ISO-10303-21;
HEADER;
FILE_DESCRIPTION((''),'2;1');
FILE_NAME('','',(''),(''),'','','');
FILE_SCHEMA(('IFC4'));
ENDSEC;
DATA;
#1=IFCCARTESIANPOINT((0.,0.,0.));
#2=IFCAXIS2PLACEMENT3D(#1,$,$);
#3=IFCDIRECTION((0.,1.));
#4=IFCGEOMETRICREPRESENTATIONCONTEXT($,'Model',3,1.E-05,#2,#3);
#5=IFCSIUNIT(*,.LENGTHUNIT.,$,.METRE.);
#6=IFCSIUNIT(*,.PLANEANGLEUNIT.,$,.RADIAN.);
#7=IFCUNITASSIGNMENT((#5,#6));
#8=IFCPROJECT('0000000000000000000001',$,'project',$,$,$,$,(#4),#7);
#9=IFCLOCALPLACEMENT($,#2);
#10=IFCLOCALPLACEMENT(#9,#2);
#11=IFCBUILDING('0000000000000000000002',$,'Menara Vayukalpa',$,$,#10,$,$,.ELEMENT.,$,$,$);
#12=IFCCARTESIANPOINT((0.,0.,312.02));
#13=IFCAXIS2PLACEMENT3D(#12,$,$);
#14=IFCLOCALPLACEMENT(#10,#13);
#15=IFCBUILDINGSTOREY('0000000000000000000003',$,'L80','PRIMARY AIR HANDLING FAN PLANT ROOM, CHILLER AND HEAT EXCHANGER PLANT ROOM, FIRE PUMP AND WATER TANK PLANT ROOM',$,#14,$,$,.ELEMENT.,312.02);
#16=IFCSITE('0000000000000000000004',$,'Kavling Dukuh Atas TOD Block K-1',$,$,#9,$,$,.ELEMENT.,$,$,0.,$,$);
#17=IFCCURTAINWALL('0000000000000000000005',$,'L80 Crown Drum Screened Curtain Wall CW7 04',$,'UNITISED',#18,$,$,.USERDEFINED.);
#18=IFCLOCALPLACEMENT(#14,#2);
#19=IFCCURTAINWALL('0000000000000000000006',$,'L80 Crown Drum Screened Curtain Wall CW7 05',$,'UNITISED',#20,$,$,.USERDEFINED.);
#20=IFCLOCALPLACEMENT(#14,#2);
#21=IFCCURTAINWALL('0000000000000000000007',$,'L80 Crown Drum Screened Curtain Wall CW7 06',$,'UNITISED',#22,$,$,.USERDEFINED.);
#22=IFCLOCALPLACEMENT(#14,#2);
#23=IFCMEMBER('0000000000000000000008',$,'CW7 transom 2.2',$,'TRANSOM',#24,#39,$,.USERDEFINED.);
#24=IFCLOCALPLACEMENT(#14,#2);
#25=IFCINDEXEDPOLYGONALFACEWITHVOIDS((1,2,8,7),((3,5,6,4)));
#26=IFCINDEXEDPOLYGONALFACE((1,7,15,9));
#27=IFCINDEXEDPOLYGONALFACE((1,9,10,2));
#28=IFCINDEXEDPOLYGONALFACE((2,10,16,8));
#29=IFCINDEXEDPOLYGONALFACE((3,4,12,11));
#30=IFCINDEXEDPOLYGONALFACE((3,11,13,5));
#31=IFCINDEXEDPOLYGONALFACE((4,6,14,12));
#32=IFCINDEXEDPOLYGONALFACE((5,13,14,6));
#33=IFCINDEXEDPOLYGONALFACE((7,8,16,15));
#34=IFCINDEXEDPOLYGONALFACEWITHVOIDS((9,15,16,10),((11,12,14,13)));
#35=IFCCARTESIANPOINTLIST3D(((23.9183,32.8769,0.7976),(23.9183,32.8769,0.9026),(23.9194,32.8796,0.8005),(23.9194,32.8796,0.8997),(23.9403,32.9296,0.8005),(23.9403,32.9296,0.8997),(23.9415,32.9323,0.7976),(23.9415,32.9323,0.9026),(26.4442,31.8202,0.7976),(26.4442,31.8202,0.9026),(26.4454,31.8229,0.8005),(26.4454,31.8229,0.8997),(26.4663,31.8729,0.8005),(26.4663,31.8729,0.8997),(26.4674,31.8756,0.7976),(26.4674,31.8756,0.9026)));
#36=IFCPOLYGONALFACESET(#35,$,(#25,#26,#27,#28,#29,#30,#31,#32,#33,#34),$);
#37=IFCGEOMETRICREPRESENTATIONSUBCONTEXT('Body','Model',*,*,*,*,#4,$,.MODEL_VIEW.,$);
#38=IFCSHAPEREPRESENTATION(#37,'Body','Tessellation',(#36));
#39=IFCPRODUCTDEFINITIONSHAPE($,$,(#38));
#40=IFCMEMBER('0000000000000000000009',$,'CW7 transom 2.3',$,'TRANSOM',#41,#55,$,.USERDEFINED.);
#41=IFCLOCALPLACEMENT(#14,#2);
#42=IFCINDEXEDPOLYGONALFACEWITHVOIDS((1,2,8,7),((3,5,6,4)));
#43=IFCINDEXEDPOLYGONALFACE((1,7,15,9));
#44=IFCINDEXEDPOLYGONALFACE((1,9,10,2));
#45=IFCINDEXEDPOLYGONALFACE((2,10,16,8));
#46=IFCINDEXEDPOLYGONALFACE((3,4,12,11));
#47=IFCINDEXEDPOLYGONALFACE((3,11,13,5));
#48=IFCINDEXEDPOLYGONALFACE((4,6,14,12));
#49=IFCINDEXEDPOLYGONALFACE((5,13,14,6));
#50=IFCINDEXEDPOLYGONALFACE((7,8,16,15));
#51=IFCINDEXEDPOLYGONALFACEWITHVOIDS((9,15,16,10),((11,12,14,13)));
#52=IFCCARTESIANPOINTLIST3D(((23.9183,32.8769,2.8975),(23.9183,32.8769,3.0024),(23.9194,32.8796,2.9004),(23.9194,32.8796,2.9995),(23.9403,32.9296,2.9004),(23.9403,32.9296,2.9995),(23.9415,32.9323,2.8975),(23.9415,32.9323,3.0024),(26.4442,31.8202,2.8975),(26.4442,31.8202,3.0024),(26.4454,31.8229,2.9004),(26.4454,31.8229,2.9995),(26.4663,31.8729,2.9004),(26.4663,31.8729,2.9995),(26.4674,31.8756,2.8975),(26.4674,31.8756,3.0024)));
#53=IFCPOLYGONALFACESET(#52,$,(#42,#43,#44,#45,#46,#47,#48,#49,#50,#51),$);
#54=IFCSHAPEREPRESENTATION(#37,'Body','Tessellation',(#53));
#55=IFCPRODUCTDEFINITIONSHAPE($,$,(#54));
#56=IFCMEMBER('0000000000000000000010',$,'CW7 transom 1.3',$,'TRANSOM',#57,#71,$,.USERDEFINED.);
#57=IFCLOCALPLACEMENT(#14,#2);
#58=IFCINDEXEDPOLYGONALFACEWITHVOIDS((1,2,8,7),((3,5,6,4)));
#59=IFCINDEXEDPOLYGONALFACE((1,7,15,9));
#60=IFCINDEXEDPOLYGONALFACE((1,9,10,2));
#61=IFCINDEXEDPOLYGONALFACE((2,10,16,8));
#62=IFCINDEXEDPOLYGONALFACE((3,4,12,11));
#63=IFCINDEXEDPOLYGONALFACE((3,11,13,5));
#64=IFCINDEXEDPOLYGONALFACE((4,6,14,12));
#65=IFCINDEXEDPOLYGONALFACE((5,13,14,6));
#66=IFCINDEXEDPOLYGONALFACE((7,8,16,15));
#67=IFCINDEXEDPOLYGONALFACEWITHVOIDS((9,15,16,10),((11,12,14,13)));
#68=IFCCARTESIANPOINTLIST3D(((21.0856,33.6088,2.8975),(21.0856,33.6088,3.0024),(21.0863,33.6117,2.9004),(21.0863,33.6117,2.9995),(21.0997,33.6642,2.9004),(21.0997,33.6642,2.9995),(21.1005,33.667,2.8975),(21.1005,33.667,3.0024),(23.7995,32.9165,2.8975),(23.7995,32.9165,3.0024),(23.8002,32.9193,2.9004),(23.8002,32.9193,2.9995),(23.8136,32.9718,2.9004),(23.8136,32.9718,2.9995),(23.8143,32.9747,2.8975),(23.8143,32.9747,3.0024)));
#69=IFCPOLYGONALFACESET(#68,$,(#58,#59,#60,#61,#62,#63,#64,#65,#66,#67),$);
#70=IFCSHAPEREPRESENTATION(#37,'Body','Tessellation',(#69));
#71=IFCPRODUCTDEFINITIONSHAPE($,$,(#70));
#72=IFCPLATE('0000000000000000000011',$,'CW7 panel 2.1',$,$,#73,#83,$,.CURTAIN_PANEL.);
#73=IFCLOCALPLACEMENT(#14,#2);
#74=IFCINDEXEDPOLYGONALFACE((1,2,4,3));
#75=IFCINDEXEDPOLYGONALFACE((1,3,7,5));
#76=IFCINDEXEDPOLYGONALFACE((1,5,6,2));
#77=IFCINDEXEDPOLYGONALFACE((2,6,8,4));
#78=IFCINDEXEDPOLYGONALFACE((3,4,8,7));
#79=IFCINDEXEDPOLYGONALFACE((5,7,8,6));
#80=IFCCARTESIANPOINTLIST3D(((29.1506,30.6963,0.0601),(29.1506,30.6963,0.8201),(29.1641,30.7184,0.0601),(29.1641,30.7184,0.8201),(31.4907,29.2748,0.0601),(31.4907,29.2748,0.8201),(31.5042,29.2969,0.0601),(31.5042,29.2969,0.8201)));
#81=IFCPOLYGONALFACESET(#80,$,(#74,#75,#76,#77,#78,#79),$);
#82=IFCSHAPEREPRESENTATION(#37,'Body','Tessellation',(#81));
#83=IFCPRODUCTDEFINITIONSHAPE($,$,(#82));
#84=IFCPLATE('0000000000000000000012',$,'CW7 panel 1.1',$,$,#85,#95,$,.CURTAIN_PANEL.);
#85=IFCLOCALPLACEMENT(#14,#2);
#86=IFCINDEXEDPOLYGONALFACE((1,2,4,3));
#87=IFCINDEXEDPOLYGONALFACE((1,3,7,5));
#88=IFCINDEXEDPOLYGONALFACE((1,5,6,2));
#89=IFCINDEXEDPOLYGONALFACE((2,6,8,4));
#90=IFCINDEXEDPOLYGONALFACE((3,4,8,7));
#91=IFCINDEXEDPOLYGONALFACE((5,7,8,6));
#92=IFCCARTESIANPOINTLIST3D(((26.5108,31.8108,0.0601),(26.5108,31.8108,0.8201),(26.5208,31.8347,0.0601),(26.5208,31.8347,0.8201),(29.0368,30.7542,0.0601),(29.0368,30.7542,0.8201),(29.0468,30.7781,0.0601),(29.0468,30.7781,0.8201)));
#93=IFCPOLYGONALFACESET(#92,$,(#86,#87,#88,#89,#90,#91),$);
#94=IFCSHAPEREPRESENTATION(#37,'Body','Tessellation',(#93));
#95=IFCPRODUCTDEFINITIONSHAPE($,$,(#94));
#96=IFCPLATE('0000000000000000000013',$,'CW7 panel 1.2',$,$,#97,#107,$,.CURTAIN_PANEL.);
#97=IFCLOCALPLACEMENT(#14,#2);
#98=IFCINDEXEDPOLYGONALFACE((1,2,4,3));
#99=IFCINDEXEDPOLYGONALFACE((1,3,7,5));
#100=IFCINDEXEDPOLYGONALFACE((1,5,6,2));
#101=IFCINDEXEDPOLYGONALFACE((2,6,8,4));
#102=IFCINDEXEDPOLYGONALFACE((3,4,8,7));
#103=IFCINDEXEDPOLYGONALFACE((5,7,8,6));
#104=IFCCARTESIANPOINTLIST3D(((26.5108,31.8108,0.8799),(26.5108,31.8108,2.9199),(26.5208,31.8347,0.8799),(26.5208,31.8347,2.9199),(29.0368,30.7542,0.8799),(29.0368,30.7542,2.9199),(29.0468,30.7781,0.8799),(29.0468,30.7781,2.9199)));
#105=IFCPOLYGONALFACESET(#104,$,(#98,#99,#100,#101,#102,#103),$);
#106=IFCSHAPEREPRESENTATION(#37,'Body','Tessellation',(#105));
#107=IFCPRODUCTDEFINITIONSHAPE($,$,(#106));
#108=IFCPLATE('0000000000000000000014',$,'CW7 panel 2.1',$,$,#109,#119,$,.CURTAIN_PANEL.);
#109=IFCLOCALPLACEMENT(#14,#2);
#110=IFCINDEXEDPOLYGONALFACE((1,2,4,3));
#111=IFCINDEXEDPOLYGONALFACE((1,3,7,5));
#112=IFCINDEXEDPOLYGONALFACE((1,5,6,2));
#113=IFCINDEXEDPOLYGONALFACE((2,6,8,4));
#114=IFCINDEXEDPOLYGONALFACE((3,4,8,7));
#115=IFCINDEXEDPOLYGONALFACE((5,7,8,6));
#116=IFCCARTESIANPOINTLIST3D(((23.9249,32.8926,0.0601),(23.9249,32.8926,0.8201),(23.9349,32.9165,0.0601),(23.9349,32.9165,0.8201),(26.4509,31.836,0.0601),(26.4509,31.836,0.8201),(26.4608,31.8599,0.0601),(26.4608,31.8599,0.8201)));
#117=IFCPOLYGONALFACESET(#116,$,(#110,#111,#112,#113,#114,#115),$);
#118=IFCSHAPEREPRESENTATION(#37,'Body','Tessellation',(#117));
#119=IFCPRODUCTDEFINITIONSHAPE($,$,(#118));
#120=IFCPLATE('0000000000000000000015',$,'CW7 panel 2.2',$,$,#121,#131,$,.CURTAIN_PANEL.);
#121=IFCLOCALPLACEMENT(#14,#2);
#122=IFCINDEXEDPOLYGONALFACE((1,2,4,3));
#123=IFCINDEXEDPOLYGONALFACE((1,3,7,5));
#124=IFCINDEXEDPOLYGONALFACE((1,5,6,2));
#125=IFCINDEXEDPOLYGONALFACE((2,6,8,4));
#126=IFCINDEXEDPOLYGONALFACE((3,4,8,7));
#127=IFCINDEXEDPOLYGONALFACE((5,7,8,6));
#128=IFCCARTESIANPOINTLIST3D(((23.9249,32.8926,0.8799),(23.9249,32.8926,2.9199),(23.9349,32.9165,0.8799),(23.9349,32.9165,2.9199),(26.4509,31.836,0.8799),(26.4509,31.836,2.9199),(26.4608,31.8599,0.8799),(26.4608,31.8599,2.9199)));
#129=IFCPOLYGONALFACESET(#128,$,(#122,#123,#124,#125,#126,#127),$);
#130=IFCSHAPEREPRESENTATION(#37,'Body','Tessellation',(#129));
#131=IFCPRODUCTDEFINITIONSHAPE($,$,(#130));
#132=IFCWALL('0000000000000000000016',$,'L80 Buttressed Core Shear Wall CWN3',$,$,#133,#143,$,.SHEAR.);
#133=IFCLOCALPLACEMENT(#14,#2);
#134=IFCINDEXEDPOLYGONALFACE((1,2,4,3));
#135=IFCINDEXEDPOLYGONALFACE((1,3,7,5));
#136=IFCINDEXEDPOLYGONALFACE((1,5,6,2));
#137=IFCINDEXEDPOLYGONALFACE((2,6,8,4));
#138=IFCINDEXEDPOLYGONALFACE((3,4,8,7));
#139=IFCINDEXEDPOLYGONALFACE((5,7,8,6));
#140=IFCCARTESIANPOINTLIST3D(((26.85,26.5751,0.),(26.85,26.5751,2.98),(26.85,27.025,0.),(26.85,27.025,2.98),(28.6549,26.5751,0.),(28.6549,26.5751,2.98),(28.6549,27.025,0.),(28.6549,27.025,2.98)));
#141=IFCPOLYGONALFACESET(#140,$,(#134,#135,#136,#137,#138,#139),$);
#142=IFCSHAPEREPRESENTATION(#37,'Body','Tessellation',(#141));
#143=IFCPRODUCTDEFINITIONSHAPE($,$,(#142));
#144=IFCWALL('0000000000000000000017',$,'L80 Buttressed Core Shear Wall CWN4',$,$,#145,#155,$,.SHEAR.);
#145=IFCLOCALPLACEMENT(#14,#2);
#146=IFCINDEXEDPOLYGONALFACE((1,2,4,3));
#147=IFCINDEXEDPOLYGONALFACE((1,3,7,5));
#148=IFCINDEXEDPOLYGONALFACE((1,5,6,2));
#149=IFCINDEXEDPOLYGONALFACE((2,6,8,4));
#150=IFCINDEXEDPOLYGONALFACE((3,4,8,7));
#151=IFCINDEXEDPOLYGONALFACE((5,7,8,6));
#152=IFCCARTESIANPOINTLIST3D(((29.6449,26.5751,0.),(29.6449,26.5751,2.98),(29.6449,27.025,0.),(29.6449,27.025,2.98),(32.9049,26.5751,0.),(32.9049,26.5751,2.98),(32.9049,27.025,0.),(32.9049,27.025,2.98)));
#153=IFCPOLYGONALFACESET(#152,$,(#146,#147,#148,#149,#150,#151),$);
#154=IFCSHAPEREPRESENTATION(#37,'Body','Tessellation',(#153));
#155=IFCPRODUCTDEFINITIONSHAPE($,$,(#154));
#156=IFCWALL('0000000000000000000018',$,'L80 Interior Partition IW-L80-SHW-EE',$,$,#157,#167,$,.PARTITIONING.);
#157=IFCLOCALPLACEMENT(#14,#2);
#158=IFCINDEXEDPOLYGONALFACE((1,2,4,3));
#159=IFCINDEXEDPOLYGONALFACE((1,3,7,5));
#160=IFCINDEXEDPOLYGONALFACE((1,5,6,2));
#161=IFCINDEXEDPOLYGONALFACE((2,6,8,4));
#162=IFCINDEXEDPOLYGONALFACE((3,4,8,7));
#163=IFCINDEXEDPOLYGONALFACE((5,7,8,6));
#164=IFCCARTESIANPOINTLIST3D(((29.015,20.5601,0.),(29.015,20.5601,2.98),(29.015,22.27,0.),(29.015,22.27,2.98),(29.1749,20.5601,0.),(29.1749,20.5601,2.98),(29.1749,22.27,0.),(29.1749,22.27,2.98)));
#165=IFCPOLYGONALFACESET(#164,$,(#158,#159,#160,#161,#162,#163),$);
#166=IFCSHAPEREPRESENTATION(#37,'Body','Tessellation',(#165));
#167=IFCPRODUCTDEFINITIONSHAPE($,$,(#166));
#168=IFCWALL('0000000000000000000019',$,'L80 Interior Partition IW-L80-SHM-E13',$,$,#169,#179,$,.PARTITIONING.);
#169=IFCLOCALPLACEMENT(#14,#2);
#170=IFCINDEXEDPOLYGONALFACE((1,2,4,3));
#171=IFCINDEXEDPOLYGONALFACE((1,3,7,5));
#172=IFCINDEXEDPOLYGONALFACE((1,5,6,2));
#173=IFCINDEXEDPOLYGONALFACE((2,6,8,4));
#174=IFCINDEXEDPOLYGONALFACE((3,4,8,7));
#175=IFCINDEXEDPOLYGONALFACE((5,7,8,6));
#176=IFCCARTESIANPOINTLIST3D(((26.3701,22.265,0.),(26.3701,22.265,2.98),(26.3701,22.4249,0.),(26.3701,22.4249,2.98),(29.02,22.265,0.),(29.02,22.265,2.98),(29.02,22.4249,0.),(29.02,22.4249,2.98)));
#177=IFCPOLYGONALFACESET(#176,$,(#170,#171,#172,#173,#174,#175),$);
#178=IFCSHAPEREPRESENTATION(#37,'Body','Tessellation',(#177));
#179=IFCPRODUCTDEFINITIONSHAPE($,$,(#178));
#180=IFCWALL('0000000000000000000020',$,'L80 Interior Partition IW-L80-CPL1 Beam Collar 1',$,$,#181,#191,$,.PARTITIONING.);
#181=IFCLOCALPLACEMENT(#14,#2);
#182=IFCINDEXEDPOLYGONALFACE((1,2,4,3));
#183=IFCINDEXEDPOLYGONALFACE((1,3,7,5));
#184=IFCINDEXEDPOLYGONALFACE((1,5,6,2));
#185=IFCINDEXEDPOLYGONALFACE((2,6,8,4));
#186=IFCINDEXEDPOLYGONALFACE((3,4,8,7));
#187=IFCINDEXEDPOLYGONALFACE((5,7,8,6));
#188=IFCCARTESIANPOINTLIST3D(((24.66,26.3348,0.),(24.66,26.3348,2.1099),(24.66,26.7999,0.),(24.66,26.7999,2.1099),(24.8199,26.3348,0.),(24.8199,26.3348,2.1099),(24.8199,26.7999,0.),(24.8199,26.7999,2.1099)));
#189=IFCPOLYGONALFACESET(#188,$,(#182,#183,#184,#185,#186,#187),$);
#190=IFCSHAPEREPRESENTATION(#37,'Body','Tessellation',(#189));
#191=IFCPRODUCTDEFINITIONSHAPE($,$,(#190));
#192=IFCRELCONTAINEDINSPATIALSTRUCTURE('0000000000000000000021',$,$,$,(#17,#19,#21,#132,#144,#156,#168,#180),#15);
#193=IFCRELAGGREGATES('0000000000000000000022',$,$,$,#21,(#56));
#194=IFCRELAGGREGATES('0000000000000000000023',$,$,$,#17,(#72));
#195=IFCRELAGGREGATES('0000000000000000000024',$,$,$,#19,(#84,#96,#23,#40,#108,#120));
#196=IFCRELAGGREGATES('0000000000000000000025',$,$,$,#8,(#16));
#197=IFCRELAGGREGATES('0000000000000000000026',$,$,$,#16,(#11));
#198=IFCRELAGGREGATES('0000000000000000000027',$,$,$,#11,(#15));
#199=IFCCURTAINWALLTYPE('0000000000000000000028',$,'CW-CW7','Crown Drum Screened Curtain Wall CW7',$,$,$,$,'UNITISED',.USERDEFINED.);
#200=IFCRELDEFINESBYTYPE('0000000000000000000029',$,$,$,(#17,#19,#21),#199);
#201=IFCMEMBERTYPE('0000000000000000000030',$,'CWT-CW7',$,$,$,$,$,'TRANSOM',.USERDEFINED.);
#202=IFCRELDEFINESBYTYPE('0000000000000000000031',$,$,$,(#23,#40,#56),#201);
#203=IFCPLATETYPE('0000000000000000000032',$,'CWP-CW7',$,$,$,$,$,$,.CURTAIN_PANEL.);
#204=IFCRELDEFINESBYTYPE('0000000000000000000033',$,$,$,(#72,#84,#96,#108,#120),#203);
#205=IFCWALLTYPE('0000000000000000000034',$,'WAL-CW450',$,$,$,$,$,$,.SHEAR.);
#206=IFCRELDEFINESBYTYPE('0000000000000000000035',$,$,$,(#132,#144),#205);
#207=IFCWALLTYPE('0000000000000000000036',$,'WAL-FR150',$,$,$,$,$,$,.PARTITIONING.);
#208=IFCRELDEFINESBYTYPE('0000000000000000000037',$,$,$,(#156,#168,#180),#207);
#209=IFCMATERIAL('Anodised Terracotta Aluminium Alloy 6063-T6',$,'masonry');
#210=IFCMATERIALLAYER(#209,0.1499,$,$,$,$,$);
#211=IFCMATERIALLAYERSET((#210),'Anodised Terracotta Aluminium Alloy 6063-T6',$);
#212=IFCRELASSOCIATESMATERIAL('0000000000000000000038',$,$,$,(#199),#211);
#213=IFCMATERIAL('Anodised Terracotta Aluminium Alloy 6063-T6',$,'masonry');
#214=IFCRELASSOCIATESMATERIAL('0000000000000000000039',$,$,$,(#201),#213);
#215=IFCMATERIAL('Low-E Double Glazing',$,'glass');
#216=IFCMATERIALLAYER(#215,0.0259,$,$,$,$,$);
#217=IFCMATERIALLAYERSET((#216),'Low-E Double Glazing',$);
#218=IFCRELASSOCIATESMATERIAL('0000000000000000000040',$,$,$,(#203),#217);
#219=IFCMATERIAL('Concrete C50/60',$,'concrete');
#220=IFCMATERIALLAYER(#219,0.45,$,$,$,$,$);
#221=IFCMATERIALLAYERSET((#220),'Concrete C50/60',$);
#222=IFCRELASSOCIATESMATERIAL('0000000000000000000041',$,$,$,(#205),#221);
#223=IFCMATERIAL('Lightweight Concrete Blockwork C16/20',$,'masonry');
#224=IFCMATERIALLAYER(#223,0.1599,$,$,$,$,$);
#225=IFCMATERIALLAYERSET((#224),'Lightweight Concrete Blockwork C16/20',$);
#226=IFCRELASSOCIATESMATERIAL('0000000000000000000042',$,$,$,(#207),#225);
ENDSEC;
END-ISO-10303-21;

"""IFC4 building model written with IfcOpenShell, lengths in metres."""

from ifc_helpers import new_model, si_unit, direction, frame, frame_2d, origin, origin_2d, place, context, subcontext, project, spatial, rectangle, hollow_rectangle, extrude, material, layer, layer_set, material_profile, profile_set, type_object, element, aggregate, save


model = new_model("IFC4")

# Units and contexts
model_context = context("Model", 3, precision=1e-05, world=origin(), true_north=direction((0.0, 1.0)))
body_context = subcontext(model_context, "Body", "Model", "MODEL_VIEW")
ifc_project = project(units=[si_unit("LENGTHUNIT", "METRE"), si_unit("PLANEANGLEUNIT", "RADIAN")], contexts=[model_context])

# Site, building, storey
site_placement = place(None, origin())
site = spatial("IfcSite", under=ifc_project, at=site_placement, Name="Kavling Dukuh Atas TOD Block K-1", CompositionType="ELEMENT", RefElevation=0.0)
building_placement = place(site_placement, origin())
building = spatial("IfcBuilding", under=site, at=building_placement, Name="Menara Vayukalpa", CompositionType="ELEMENT")
storey_placement = place(building_placement, frame((0.0, 0.0, 312.02)))
storey = spatial("IfcBuildingStorey", under=building, at=storey_placement, Name="L80", Description="PRIMARY AIR HANDLING FAN PLANT ROOM, CHILLER AND HEAT EXCHANGER PLANT ROOM, FIRE PUMP AND WATER TANK PLANT ROOM", CompositionType="ELEMENT", Elevation=312.02)

# Curtain wall
ifc_material_1 = material(Name="Anodised Terracotta Aluminium Alloy 6063-T6", Category="masonry")
ifc_layer_1 = layer(ifc_material_1, 0.1499)
ifc_layer_set_1 = layer_set([ifc_layer_1], Name="Anodised Terracotta Aluminium Alloy 6063-T6")
curtain_wall_type = type_object("IfcCurtainWallType", Name="CW-CW7", Description="Crown Drum Screened Curtain Wall CW7", ElementType="UNITISED", PredefinedType="USERDEFINED", material=ifc_layer_set_1)
curtain_wall_1_placement = place(storey_placement, origin())
curtain_wall_1 = element("IfcCurtainWall", 1, at=curtain_wall_1_placement, inside=storey, type_object=curtain_wall_type, Name="L80 Crown Drum Screened Curtain Wall CW7 04", ObjectType="UNITISED", PredefinedType="USERDEFINED")

# Curtain wall
curtain_wall_2_placement = place(storey_placement, origin())
curtain_wall_2 = element("IfcCurtainWall", 2, at=curtain_wall_2_placement, inside=storey, type_object=curtain_wall_type, Name="L80 Crown Drum Screened Curtain Wall CW7 05", ObjectType="UNITISED", PredefinedType="USERDEFINED")

# Curtain wall
curtain_wall_3_placement = place(storey_placement, origin())
curtain_wall_3 = element("IfcCurtainWall", 3, at=curtain_wall_3_placement, inside=storey, type_object=curtain_wall_type, Name="L80 Crown Drum Screened Curtain Wall CW7 06", ObjectType="UNITISED", PredefinedType="USERDEFINED")

# Members
ifc_material_2 = material(Name="Anodised Terracotta Aluminium Alloy 6063-T6", Category="masonry")
ifc_material_profile_1 = material_profile(ifc_material_2, hollow_rectangle(XDim=0.0601, YDim=0.105, WallThickness=0.0029, at=origin_2d()), Name="ALU 60x105x3")
ifc_profile_set_1 = profile_set([ifc_material_profile_1], Name="Anodised Terracotta Aluminium Alloy 6063-T6")
member_type_1 = type_object("IfcMemberType", Name="CWT-CW7", ElementType="TRANSOM", PredefinedType="USERDEFINED", material=ifc_profile_set_1)
member_1_placement = place(storey_placement, frame((26.4558, 31.8479, 0.8501), z_axis=(-0.922533, 0.385919, 0.0), x_axis=(-0.385919, -0.922533, 0.0)))
member_1 = element("IfcMember", 4, at=member_1_placement, type_object=member_type_1, Name="CW7 transom 2.2", ObjectType="TRANSOM", PredefinedType="USERDEFINED", context=body_context, shape_type="SweptSolid", body=[
    extrude(hollow_rectangle(XDim=0.0601, YDim=0.105, WallThickness=0.0029, at=origin_2d()), origin(), (0.0, 0.0, 1.0), 2.738),
])
member_2_placement = place(storey_placement, frame((26.4558, 31.8479, 2.95), z_axis=(-0.922533, 0.385919, 0.0), x_axis=(-0.385919, -0.922533, 0.0)))
member_2 = element("IfcMember", 5, at=member_2_placement, type_object=member_type_1, Name="CW7 transom 2.3", ObjectType="TRANSOM", PredefinedType="USERDEFINED", context=body_context, shape_type="SweptSolid", body=[
    extrude(hollow_rectangle(XDim=0.0601, YDim=0.105, WallThickness=0.0029, at=origin_2d()), origin(), (0.0, 0.0, 1.0), 2.738),
])
member_3_placement = place(storey_placement, frame((23.8069, 32.9456, 2.95), z_axis=(-0.968962, 0.247209, 0.0), x_axis=(-0.247209, -0.968962, 0.0)))
member_3 = element("IfcMember", 6, at=member_3_placement, type_object=member_type_1, Name="CW7 transom 1.3", ObjectType="TRANSOM", PredefinedType="USERDEFINED", context=body_context, shape_type="SweptSolid", body=[
    extrude(hollow_rectangle(XDim=0.0601, YDim=0.105, WallThickness=0.0029, at=origin_2d()), origin(), (0.0, 0.0, 1.0), 2.8008),
])
aggregate(curtain_wall_3, [member_3])

# Plates
ifc_material_3 = material(Name="Low-E Double Glazing", Category="glass")
ifc_layer_2 = layer(ifc_material_3, 0.0259)
ifc_layer_set_2 = layer_set([ifc_layer_2], Name="Low-E Double Glazing")
plate_type = type_object("IfcPlateType", Name="CWP-CW7", PredefinedType="CURTAIN_PANEL", material=ifc_layer_set_2)
plate_1_placement = place(storey_placement, frame((30.3274, 29.9966, 0.0601), z_axis=(0.0, 0.0, 1.0), x_axis=(-0.854667, 0.519176, 0.0)))
plate_1 = element("IfcPlate", 7, at=plate_1_placement, type_object=plate_type, Name="CW7 panel 2.1", PredefinedType="CURTAIN_PANEL", context=body_context, shape_type="SweptSolid", body=[
    extrude(rectangle(XDim=2.738, YDim=0.0259, at=origin_2d()), origin(), (0.0, 0.0, 1.0), 0.76),
])
aggregate(curtain_wall_1, [plate_1])
plate_2_placement = place(storey_placement, frame((27.7788, 31.2944, 0.0601), z_axis=(0.0, 0.0, 1.0), x_axis=(-0.922541, 0.385898, 0.0)))
plate_2 = element("IfcPlate", 8, at=plate_2_placement, type_object=plate_type, Name="CW7 panel 1.1", PredefinedType="CURTAIN_PANEL", context=body_context, shape_type="SweptSolid", body=[
    extrude(rectangle(XDim=2.738, YDim=0.0259, at=origin_2d()), origin(), (0.0, 0.0, 1.0), 0.76),
])
plate_3_placement = place(storey_placement, frame((27.7788, 31.2944, 0.8799), z_axis=(0.0, 0.0, 1.0), x_axis=(-0.922541, 0.385898, 0.0)))
plate_3 = element("IfcPlate", 9, at=plate_3_placement, type_object=plate_type, Name="CW7 panel 1.2", PredefinedType="CURTAIN_PANEL", context=body_context, shape_type="SweptSolid", body=[
    extrude(rectangle(XDim=2.738, YDim=0.0259, at=origin_2d()), origin(), (0.0, 0.0, 1.0), 2.04),
])
plate_4_placement = place(storey_placement, frame((25.1929, 32.3762, 0.0601), z_axis=(0.0, 0.0, 1.0), x_axis=(-0.922541, 0.385898, 0.0)))
plate_4 = element("IfcPlate", 10, at=plate_4_placement, type_object=plate_type, Name="CW7 panel 2.1", PredefinedType="CURTAIN_PANEL", context=body_context, shape_type="SweptSolid", body=[
    extrude(rectangle(XDim=2.738, YDim=0.0259, at=origin_2d()), origin(), (0.0, 0.0, 1.0), 0.76),
])
plate_5_placement = place(storey_placement, frame((25.1929, 32.3762, 0.8799), z_axis=(0.0, 0.0, 1.0), x_axis=(-0.922541, 0.385898, 0.0)))
plate_5 = element("IfcPlate", 11, at=plate_5_placement, type_object=plate_type, Name="CW7 panel 2.2", PredefinedType="CURTAIN_PANEL", context=body_context, shape_type="SweptSolid", body=[
    extrude(rectangle(XDim=2.738, YDim=0.0259, at=origin_2d()), origin(), (0.0, 0.0, 1.0), 2.04),
])
aggregate(curtain_wall_2, [plate_2, plate_3, member_1, member_2, plate_4, plate_5])

# Walls
ifc_material_4 = material(Name="Concrete C50/60", Category="concrete")
ifc_layer_3 = layer(ifc_material_4, 0.45)
ifc_layer_set_3 = layer_set([ifc_layer_3], Name="Concrete C50/60")
wall_type_1 = type_object("IfcWallType", Name="WAL-CW450", PredefinedType="SHEAR", material=ifc_layer_set_3)
wall_1_placement = place(storey_placement, frame((26.8501, 26.8, 0.0), z_axis=(0.0, 0.0, 1.0), x_axis=(1.0, 0.0, 0.0)))
element("IfcWall", 12, at=wall_1_placement, inside=storey, type_object=wall_type_1, Name="L80 Buttressed Core Shear Wall CWN3", PredefinedType="SHEAR", context=body_context, shape_type="SweptSolid", body=[
    extrude(rectangle(XDim=1.8049, YDim=0.45, at=frame_2d((0.9023, 0.0))), origin(), (0.0, 0.0, 1.0), 2.98),
])
wall_2_placement = place(storey_placement, frame((29.645, 26.8, 0.0), z_axis=(0.0, 0.0, 1.0), x_axis=(1.0, 0.0, 0.0)))
element("IfcWall", 13, at=wall_2_placement, inside=storey, type_object=wall_type_1, Name="L80 Buttressed Core Shear Wall CWN4", PredefinedType="SHEAR", context=body_context, shape_type="SweptSolid", body=[
    extrude(rectangle(XDim=3.26, YDim=0.45, at=frame_2d((1.6299, 0.0))), origin(), (0.0, 0.0, 1.0), 2.98),
])
ifc_material_5 = material(Name="Lightweight Concrete Blockwork C16/20", Category="masonry")
ifc_layer_4 = layer(ifc_material_5, 0.1599)
ifc_layer_set_4 = layer_set([ifc_layer_4], Name="Lightweight Concrete Blockwork C16/20")
wall_type_2 = type_object("IfcWallType", Name="WAL-FR150", PredefinedType="PARTITIONING", material=ifc_layer_set_4)
wall_3_placement = place(storey_placement, frame((29.095, 20.5601, 0.0), z_axis=(0.0, 0.0, 1.0), x_axis=(0.0, 1.0, 0.0)))
element("IfcWall", 14, at=wall_3_placement, inside=storey, type_object=wall_type_2, Name="L80 Interior Partition IW-L80-SHW-EE", PredefinedType="PARTITIONING", context=body_context, shape_type="SweptSolid", body=[
    extrude(rectangle(XDim=1.71, YDim=0.1599, at=frame_2d((0.855, 0.0))), origin(), (0.0, 0.0, 1.0), 2.98),
])
wall_4_placement = place(storey_placement, frame((26.3701, 22.345, 0.0), z_axis=(0.0, 0.0, 1.0), x_axis=(1.0, 0.0, 0.0)))
element("IfcWall", 15, at=wall_4_placement, inside=storey, type_object=wall_type_2, Name="L80 Interior Partition IW-L80-SHM-E13", PredefinedType="PARTITIONING", context=body_context, shape_type="SweptSolid", body=[
    extrude(rectangle(XDim=2.6499, YDim=0.1599, at=frame_2d((1.325, 0.0))), origin(), (0.0, 0.0, 1.0), 2.98),
])
wall_5_placement = place(storey_placement, frame((24.74, 26.335, 0.0), z_axis=(0.0, 0.0, 1.0), x_axis=(0.0, 1.0, 0.0)))
element("IfcWall", 16, at=wall_5_placement, inside=storey, type_object=wall_type_2, Name="L80 Interior Partition IW-L80-CPL1 Beam Collar 1", PredefinedType="PARTITIONING", context=body_context, shape_type="SweptSolid", body=[
    extrude(rectangle(XDim=0.4651, YDim=0.1599, at=frame_2d((0.2324, 0.0))), origin(), (0.0, 0.0, 1.0), 2.1099),
])

save(model, "model.ifc")
